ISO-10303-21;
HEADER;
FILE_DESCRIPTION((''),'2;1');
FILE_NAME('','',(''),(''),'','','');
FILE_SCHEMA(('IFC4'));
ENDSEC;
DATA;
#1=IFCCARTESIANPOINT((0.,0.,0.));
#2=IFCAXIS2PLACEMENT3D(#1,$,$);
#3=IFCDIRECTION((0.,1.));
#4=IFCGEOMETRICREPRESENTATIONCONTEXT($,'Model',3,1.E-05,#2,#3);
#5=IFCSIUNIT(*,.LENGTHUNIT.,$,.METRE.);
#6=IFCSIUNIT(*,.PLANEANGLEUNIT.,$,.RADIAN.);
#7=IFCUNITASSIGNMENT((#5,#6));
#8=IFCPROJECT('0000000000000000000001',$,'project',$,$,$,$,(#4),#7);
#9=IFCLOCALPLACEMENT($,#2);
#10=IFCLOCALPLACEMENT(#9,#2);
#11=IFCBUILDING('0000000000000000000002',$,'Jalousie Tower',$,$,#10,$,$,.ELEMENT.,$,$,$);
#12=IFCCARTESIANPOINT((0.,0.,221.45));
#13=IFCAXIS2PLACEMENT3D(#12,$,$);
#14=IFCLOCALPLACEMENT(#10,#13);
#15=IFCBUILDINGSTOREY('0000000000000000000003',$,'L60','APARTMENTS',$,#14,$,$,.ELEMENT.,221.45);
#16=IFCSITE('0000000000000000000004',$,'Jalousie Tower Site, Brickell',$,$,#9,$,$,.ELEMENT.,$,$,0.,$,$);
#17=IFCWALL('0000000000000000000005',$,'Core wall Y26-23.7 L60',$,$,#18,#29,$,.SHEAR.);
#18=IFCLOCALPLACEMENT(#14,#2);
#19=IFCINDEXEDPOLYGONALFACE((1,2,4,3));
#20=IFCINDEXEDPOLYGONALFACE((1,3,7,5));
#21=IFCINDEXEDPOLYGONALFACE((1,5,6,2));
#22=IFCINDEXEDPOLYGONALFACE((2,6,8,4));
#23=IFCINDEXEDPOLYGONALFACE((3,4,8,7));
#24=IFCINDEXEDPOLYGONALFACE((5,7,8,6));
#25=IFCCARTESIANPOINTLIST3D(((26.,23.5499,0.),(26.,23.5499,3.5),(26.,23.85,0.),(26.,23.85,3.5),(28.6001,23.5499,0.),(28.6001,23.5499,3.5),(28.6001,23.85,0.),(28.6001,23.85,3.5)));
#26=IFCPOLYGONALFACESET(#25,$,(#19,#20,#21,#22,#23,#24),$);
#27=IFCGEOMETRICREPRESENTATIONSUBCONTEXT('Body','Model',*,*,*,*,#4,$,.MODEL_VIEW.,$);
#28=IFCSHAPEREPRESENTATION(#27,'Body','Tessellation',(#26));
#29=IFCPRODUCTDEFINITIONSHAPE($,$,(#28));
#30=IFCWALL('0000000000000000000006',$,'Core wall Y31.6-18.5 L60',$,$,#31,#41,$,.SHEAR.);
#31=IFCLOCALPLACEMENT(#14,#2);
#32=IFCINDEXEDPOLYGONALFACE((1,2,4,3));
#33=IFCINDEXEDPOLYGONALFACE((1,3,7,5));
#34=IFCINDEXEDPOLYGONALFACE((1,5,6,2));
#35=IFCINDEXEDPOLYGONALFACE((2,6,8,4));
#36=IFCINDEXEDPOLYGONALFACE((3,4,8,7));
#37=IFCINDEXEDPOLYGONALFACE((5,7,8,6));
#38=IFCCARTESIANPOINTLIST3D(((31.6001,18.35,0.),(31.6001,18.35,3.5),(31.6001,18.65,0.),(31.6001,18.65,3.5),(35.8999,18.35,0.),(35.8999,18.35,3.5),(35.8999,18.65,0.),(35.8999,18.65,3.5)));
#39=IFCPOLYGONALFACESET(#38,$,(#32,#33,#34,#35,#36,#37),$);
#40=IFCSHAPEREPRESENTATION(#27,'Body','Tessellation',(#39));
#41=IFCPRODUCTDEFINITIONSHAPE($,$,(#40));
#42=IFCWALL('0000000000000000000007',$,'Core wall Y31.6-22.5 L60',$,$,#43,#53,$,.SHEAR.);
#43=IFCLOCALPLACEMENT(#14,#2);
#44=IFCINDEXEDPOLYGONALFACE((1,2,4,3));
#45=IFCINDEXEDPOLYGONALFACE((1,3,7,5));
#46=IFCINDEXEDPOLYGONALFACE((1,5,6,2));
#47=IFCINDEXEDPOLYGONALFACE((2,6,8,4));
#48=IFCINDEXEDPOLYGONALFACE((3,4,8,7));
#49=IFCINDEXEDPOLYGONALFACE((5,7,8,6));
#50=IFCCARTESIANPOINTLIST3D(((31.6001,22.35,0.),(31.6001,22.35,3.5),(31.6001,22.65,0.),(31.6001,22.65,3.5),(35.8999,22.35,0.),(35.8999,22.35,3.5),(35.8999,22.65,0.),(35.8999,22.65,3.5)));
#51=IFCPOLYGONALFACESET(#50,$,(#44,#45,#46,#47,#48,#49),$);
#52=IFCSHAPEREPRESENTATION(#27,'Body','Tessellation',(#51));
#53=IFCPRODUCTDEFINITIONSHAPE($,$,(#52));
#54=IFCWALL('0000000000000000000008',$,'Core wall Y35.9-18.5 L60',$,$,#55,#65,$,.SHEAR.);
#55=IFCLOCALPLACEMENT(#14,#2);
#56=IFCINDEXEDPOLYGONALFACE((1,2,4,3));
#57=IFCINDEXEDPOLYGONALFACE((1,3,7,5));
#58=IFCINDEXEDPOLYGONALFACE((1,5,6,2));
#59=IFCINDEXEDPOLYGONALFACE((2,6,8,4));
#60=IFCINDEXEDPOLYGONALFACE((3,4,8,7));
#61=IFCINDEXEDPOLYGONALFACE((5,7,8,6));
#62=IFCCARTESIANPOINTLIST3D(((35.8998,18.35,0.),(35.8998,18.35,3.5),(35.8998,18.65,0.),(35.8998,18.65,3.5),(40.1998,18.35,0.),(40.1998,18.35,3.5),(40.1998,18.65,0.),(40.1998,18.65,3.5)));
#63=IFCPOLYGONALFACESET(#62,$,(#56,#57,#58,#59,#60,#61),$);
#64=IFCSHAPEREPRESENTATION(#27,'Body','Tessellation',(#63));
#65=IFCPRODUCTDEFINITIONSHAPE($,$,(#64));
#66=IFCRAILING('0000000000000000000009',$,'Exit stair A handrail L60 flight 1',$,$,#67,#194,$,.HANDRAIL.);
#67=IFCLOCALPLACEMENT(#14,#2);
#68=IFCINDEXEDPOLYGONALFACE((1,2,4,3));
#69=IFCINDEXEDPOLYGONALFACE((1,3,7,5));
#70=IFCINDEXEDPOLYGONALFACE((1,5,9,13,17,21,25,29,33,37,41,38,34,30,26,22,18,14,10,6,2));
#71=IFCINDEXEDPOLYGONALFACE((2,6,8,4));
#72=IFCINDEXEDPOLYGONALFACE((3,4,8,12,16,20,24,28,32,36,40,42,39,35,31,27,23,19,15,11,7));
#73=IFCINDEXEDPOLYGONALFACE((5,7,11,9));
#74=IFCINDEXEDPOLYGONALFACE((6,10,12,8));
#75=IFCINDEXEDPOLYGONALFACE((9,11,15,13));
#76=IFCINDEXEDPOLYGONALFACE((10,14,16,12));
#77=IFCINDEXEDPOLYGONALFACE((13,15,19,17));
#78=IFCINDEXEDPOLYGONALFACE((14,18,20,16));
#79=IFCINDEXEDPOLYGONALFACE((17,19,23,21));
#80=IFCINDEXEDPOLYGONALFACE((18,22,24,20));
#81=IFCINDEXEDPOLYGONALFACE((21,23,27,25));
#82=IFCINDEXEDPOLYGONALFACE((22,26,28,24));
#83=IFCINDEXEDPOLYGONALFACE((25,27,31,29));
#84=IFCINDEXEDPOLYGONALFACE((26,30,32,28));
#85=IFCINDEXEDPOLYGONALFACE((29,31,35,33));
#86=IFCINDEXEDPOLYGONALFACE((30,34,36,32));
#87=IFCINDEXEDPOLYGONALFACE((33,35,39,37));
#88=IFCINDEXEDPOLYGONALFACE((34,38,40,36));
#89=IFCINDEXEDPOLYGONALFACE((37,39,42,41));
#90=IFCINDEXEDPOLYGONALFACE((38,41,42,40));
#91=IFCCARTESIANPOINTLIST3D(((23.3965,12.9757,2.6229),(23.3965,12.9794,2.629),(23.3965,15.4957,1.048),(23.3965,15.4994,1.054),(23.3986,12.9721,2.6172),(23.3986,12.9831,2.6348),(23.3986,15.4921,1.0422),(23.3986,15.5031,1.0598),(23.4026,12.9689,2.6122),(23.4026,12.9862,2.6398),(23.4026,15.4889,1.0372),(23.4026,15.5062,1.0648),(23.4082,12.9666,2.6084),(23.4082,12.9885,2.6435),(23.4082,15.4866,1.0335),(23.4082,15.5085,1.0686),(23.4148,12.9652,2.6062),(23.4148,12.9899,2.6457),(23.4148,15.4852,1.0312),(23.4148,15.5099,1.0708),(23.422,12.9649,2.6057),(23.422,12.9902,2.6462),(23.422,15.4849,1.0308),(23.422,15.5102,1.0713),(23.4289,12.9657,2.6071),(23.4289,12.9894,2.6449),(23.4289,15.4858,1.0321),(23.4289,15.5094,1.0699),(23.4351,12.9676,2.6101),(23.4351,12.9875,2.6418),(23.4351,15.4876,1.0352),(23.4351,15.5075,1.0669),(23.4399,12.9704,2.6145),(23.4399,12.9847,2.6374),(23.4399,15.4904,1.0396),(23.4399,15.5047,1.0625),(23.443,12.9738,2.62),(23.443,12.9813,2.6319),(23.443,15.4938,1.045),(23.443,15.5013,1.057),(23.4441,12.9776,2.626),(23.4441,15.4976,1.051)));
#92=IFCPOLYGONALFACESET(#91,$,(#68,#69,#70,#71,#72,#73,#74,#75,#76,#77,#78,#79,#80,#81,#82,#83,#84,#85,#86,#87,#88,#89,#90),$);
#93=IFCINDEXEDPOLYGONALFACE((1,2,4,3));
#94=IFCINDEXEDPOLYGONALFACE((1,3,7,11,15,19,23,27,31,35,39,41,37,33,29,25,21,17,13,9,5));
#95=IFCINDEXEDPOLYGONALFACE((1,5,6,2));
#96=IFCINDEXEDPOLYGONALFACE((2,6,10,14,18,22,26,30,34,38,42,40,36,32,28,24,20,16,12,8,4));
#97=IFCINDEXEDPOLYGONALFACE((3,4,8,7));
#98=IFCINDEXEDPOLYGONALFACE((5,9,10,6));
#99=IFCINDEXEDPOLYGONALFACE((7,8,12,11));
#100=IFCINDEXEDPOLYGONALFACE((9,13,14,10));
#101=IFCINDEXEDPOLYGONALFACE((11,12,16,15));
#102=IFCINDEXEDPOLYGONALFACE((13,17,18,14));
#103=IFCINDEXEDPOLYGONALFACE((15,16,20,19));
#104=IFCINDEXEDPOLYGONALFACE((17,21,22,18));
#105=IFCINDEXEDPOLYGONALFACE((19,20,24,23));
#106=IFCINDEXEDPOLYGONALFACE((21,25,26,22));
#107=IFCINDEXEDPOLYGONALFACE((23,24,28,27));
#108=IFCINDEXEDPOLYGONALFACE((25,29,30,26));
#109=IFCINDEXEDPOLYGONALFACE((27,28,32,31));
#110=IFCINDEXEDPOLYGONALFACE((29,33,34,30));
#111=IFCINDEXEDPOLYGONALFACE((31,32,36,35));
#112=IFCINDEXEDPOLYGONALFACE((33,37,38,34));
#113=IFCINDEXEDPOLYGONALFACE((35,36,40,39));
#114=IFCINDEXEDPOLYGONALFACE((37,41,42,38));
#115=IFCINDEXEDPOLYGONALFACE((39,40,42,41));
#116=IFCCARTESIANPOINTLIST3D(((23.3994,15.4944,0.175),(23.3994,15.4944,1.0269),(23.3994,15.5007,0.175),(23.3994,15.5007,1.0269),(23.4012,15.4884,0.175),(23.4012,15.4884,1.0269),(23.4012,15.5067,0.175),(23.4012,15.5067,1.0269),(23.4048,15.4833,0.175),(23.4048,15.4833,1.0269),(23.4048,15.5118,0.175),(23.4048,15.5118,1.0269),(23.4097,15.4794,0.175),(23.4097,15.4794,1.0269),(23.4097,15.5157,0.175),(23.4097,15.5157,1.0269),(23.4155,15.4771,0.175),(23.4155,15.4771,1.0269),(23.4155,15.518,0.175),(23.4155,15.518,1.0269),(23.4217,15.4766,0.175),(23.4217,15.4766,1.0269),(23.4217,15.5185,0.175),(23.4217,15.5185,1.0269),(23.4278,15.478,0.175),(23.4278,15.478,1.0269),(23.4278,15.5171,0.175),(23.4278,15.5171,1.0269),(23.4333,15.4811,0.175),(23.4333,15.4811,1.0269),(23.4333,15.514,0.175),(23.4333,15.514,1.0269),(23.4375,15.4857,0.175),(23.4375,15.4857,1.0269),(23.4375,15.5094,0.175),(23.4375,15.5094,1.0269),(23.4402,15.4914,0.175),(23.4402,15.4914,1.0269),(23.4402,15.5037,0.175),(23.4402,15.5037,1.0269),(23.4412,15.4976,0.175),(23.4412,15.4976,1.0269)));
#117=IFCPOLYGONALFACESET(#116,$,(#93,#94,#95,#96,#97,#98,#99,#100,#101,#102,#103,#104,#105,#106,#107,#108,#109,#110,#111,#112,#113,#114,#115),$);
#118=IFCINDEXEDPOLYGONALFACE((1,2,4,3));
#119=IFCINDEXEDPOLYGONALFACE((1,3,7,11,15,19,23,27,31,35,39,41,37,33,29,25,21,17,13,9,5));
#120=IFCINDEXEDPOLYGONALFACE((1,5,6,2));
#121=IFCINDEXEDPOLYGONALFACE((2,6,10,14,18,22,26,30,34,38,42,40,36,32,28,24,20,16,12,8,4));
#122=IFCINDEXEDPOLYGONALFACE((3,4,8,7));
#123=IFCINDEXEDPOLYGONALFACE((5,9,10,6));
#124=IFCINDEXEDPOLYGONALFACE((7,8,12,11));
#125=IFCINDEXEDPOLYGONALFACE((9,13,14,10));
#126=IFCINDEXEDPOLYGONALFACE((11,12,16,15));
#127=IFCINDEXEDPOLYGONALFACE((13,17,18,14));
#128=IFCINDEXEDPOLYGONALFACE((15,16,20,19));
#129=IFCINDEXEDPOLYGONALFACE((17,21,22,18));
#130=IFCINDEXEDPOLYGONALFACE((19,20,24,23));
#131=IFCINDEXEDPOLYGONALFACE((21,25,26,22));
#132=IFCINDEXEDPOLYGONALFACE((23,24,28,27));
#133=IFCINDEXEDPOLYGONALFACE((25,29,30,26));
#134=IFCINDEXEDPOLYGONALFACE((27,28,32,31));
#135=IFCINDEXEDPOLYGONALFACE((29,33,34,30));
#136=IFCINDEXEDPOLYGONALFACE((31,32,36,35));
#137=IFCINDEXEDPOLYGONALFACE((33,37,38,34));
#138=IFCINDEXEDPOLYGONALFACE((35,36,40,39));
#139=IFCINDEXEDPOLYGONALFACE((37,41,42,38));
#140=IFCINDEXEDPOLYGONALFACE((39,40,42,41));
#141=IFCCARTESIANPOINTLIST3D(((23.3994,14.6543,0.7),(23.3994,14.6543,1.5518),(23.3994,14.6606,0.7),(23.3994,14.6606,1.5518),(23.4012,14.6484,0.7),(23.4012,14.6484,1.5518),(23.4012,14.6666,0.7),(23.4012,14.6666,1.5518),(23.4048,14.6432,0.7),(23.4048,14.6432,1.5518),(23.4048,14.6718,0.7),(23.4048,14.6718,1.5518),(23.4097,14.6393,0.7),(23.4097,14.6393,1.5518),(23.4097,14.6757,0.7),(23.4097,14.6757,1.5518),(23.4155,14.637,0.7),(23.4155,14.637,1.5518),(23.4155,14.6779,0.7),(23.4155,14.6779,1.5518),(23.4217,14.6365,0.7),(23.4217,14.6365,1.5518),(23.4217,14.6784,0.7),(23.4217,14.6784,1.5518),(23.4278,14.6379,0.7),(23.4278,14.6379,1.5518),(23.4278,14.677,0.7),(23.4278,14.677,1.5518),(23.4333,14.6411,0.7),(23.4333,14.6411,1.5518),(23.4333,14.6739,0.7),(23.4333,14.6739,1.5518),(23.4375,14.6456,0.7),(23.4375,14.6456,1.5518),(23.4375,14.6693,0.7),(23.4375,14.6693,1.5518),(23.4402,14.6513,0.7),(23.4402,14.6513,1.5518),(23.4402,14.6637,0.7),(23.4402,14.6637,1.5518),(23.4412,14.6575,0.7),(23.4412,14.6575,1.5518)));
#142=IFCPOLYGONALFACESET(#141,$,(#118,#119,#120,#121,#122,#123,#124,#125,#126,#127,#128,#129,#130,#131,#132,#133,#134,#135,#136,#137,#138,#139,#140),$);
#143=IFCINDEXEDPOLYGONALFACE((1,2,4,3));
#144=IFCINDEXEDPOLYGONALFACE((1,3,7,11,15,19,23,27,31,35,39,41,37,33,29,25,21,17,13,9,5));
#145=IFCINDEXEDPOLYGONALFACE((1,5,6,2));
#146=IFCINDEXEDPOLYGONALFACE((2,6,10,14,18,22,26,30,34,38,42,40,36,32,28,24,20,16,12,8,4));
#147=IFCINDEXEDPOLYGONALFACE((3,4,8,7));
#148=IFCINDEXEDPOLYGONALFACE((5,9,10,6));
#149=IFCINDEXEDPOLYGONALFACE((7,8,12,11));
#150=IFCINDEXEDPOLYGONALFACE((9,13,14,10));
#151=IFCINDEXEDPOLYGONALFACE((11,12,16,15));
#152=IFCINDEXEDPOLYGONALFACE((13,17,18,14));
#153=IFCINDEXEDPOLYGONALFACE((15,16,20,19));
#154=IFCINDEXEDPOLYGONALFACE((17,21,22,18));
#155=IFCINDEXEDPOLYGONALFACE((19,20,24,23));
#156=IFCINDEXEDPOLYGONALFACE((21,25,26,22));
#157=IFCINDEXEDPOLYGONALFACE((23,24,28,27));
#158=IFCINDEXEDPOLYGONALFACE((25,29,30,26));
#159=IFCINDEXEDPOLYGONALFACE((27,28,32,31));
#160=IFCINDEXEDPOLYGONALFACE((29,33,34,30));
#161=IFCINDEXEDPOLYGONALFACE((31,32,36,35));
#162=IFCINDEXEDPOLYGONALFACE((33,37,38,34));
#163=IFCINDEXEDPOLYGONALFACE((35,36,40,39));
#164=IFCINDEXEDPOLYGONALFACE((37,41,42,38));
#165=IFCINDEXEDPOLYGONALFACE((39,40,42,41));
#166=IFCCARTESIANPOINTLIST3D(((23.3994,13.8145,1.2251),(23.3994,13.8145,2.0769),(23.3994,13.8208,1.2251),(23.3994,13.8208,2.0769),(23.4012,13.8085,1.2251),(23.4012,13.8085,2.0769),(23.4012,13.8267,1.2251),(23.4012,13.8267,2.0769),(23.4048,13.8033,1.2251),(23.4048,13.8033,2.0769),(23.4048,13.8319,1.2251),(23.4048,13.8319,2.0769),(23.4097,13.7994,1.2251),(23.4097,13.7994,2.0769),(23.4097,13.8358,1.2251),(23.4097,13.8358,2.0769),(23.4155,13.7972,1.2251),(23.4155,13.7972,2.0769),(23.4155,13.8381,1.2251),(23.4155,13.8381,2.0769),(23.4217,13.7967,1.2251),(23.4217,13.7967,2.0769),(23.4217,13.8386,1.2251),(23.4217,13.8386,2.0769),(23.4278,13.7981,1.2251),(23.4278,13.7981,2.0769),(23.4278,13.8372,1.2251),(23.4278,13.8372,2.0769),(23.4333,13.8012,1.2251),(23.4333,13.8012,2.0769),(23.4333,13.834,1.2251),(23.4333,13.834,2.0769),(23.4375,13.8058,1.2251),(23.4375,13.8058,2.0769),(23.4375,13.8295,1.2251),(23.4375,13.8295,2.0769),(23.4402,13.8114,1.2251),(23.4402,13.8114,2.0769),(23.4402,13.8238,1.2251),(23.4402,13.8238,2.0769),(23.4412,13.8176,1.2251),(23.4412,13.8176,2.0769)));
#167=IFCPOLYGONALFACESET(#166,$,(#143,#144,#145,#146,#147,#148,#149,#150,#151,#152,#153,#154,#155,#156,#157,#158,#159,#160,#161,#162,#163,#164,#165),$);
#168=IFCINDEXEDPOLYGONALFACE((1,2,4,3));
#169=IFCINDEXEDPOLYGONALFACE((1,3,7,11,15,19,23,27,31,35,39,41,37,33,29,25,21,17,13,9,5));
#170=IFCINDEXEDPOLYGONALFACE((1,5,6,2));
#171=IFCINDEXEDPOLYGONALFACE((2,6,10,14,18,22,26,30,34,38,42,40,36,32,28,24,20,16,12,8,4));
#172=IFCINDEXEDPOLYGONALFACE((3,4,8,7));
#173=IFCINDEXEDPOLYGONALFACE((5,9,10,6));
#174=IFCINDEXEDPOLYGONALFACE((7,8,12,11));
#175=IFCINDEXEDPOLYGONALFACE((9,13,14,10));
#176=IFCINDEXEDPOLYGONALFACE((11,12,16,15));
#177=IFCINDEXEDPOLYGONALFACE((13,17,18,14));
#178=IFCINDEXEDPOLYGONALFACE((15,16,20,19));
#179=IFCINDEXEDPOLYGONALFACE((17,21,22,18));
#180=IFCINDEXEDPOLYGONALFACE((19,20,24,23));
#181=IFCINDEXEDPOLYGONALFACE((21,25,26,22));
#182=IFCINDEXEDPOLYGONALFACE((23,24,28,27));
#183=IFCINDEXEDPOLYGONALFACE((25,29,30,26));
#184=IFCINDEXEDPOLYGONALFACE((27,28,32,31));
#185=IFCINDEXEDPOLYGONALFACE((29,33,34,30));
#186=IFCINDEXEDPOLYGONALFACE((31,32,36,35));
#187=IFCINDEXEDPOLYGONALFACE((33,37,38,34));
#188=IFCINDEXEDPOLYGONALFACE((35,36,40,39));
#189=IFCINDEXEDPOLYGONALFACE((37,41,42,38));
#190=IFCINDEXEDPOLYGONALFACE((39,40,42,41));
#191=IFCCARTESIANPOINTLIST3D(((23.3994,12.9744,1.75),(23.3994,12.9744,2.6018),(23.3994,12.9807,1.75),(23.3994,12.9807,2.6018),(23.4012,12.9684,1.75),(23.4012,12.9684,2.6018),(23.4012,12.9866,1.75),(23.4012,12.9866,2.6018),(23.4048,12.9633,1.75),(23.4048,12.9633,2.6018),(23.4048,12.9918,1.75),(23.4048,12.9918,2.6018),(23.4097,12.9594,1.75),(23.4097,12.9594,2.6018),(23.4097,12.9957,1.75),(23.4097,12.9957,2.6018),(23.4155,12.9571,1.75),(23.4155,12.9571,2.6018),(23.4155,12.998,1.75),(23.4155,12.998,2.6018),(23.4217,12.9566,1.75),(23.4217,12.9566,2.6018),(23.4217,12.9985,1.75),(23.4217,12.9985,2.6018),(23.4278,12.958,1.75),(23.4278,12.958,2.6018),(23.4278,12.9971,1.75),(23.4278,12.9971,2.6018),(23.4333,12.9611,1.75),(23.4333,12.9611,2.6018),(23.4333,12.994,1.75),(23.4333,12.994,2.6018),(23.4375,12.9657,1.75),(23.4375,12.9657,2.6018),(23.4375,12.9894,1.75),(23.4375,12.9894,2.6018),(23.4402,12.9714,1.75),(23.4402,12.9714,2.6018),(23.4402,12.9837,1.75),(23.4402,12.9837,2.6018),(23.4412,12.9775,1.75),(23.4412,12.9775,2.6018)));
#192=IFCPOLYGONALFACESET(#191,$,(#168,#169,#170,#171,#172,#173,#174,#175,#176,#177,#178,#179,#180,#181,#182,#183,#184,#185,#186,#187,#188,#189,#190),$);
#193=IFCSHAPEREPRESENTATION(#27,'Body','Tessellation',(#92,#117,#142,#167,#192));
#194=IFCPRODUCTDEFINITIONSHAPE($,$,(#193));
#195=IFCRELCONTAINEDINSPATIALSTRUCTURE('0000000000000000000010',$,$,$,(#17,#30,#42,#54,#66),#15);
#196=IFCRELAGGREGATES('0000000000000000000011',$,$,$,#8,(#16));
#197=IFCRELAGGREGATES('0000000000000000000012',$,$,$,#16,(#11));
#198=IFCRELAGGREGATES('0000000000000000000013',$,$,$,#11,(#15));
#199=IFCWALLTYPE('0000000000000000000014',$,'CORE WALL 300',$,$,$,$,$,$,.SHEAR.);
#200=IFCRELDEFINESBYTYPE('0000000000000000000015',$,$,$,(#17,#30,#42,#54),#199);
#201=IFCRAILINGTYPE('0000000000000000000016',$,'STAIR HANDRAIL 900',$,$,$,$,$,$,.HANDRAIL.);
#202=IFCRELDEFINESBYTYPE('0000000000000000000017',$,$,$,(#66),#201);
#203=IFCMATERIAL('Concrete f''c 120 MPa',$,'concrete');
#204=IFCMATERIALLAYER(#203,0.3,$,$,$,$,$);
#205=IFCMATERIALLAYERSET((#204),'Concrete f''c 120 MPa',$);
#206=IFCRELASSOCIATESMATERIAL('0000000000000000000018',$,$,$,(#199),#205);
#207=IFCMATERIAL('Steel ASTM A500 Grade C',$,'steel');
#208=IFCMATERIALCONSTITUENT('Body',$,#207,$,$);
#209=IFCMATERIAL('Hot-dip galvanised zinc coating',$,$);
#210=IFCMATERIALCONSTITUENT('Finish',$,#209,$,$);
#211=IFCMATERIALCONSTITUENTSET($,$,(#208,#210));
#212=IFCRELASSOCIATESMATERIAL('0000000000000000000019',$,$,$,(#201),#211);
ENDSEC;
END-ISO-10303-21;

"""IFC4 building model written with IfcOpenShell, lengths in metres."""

from ifc_helpers import new_model, si_unit, direction, frame, frame_2d, origin, origin_2d, place, context, subcontext, project, spatial, rectangle, circle, extrude, material, layer, layer_set, constituent, constituent_set, type_object, element, save


model = new_model("IFC4")

# Units and contexts
model_context = context("Model", 3, precision=1e-05, world=origin(), true_north=direction((0.0, 1.0)))
body_context = subcontext(model_context, "Body", "Model", "MODEL_VIEW")
ifc_project = project(units=[si_unit("LENGTHUNIT", "METRE"), si_unit("PLANEANGLEUNIT", "RADIAN")], contexts=[model_context])

# Site, building, storey
site_placement = place(None, origin())
site = spatial("IfcSite", under=ifc_project, at=site_placement, Name="Jalousie Tower Site, Brickell", CompositionType="ELEMENT", RefElevation=0.0)
building_placement = place(site_placement, origin())
building = spatial("IfcBuilding", under=site, at=building_placement, Name="Jalousie Tower", CompositionType="ELEMENT")
storey_placement = place(building_placement, frame((0.0, 0.0, 221.45)))
storey = spatial("IfcBuildingStorey", under=building, at=storey_placement, Name="L60", Description="APARTMENTS", CompositionType="ELEMENT", Elevation=221.45)

# Shared definitions
ifc_material_1 = material(Name="Concrete f'c 120 MPa", Category="concrete")
ifc_layer = layer(ifc_material_1, 0.3)
ifc_layer_set = layer_set([ifc_layer], Name="Concrete f'c 120 MPa")
wall_type = type_object("IfcWallType", Name="CORE WALL 300", PredefinedType="SHEAR", material=ifc_layer_set)

# Walls
for number, where, z_axis, x_axis, name in (
    (1, (26.0, 23.7, 0.0), (0.0, 0.0, 1.0), (1.0, 0.0, 0.0), "Core wall Y26-23.7 L60"),
):
    element("IfcWall", number, at=place(storey_placement, frame(where, z_axis=z_axis, x_axis=x_axis)), inside=storey, type_object=wall_type, Name=name, PredefinedType="SHEAR", context=body_context, shape_type="SweptSolid", body=[
        extrude(rectangle(XDim=2.6001, YDim=0.3, at=frame_2d((1.3, 0.0))), origin(), (0.0, 0.0, 1.0), 3.5),
    ])
for number, where, z_axis, x_axis, name in (
    (2, (31.6001, 18.5, 0.0), (0.0, 0.0, 1.0), (1.0, 0.0, 0.0), "Core wall Y31.6-18.5 L60"),
    (3, (31.6001, 22.5, 0.0), (0.0, 0.0, 1.0), (1.0, 0.0, 0.0), "Core wall Y31.6-22.5 L60"),
):
    element("IfcWall", number, at=place(storey_placement, frame(where, z_axis=z_axis, x_axis=x_axis)), inside=storey, type_object=wall_type, Name=name, PredefinedType="SHEAR", context=body_context, shape_type="SweptSolid", body=[
        extrude(rectangle(XDim=4.2998, YDim=0.3, at=frame_2d((2.1499, 0.0))), origin(), (0.0, 0.0, 1.0), 3.5),
    ])
wall_1_placement = place(storey_placement, frame((35.8999, 18.5, 0.0), z_axis=(0.0, 0.0, 1.0), x_axis=(1.0, 0.0, 0.0)))
element("IfcWall", 4, at=wall_1_placement, inside=storey, type_object=wall_type, Name="Core wall Y35.9-18.5 L60", PredefinedType="SHEAR", context=body_context, shape_type="SweptSolid", body=[
    extrude(rectangle(XDim=4.3, YDim=0.3, at=frame_2d((2.1499, 0.0))), origin(), (0.0, 0.0, 1.0), 3.5),
])

# Railing
ifc_material_2 = material(Name="Steel ASTM A500 Grade C", Category="steel")
ifc_constituent_1 = constituent(ifc_material_2, Name="Body")
ifc_material_3 = material(Name="Hot-dip galvanised zinc coating")
ifc_constituent_2 = constituent(ifc_material_3, Name="Finish")
ifc_constituent_set = constituent_set(constituents=[ifc_constituent_1, ifc_constituent_2])
railing_type = type_object("IfcRailingType", Name="STAIR HANDRAIL 900", PredefinedType="HANDRAIL", material=ifc_constituent_set)
railing_placement = place(storey_placement, frame((23.4202, 15.4976, 0.175)))
element("IfcRailing", 5, at=railing_placement, inside=storey, type_object=railing_type, Name="Exit stair A handrail L60 flight 1", PredefinedType="HANDRAIL", context=body_context, shape_type="SweptSolid", body=[
    extrude(circle(Radius=0.0239, at=origin_2d()), frame((0.0, 0.0, 0.876), z_axis=(0.0, -0.848008, 0.529984), x_axis=(1.0, 0.0, 0.0)), (0.0, 0.0, 1.0), 2.9717),
    extrude(circle(Radius=0.021, at=origin_2d()), origin(), (0.0, 0.0, 1.0), 0.8518),
    extrude(circle(Radius=0.021, at=origin_2d()), frame((0.0, -0.8401, 0.5249)), (0.0, 0.0, 1.0), 0.8518),
    extrude(circle(Radius=0.021, at=origin_2d()), frame((0.0, -1.6799, 1.05)), (0.0, 0.0, 1.0), 0.8518),
    extrude(circle(Radius=0.021, at=origin_2d()), frame((0.0, -2.52, 1.575)), (0.0, 0.0, 1.0), 0.8518),
])

save(model, "model.ifc")
